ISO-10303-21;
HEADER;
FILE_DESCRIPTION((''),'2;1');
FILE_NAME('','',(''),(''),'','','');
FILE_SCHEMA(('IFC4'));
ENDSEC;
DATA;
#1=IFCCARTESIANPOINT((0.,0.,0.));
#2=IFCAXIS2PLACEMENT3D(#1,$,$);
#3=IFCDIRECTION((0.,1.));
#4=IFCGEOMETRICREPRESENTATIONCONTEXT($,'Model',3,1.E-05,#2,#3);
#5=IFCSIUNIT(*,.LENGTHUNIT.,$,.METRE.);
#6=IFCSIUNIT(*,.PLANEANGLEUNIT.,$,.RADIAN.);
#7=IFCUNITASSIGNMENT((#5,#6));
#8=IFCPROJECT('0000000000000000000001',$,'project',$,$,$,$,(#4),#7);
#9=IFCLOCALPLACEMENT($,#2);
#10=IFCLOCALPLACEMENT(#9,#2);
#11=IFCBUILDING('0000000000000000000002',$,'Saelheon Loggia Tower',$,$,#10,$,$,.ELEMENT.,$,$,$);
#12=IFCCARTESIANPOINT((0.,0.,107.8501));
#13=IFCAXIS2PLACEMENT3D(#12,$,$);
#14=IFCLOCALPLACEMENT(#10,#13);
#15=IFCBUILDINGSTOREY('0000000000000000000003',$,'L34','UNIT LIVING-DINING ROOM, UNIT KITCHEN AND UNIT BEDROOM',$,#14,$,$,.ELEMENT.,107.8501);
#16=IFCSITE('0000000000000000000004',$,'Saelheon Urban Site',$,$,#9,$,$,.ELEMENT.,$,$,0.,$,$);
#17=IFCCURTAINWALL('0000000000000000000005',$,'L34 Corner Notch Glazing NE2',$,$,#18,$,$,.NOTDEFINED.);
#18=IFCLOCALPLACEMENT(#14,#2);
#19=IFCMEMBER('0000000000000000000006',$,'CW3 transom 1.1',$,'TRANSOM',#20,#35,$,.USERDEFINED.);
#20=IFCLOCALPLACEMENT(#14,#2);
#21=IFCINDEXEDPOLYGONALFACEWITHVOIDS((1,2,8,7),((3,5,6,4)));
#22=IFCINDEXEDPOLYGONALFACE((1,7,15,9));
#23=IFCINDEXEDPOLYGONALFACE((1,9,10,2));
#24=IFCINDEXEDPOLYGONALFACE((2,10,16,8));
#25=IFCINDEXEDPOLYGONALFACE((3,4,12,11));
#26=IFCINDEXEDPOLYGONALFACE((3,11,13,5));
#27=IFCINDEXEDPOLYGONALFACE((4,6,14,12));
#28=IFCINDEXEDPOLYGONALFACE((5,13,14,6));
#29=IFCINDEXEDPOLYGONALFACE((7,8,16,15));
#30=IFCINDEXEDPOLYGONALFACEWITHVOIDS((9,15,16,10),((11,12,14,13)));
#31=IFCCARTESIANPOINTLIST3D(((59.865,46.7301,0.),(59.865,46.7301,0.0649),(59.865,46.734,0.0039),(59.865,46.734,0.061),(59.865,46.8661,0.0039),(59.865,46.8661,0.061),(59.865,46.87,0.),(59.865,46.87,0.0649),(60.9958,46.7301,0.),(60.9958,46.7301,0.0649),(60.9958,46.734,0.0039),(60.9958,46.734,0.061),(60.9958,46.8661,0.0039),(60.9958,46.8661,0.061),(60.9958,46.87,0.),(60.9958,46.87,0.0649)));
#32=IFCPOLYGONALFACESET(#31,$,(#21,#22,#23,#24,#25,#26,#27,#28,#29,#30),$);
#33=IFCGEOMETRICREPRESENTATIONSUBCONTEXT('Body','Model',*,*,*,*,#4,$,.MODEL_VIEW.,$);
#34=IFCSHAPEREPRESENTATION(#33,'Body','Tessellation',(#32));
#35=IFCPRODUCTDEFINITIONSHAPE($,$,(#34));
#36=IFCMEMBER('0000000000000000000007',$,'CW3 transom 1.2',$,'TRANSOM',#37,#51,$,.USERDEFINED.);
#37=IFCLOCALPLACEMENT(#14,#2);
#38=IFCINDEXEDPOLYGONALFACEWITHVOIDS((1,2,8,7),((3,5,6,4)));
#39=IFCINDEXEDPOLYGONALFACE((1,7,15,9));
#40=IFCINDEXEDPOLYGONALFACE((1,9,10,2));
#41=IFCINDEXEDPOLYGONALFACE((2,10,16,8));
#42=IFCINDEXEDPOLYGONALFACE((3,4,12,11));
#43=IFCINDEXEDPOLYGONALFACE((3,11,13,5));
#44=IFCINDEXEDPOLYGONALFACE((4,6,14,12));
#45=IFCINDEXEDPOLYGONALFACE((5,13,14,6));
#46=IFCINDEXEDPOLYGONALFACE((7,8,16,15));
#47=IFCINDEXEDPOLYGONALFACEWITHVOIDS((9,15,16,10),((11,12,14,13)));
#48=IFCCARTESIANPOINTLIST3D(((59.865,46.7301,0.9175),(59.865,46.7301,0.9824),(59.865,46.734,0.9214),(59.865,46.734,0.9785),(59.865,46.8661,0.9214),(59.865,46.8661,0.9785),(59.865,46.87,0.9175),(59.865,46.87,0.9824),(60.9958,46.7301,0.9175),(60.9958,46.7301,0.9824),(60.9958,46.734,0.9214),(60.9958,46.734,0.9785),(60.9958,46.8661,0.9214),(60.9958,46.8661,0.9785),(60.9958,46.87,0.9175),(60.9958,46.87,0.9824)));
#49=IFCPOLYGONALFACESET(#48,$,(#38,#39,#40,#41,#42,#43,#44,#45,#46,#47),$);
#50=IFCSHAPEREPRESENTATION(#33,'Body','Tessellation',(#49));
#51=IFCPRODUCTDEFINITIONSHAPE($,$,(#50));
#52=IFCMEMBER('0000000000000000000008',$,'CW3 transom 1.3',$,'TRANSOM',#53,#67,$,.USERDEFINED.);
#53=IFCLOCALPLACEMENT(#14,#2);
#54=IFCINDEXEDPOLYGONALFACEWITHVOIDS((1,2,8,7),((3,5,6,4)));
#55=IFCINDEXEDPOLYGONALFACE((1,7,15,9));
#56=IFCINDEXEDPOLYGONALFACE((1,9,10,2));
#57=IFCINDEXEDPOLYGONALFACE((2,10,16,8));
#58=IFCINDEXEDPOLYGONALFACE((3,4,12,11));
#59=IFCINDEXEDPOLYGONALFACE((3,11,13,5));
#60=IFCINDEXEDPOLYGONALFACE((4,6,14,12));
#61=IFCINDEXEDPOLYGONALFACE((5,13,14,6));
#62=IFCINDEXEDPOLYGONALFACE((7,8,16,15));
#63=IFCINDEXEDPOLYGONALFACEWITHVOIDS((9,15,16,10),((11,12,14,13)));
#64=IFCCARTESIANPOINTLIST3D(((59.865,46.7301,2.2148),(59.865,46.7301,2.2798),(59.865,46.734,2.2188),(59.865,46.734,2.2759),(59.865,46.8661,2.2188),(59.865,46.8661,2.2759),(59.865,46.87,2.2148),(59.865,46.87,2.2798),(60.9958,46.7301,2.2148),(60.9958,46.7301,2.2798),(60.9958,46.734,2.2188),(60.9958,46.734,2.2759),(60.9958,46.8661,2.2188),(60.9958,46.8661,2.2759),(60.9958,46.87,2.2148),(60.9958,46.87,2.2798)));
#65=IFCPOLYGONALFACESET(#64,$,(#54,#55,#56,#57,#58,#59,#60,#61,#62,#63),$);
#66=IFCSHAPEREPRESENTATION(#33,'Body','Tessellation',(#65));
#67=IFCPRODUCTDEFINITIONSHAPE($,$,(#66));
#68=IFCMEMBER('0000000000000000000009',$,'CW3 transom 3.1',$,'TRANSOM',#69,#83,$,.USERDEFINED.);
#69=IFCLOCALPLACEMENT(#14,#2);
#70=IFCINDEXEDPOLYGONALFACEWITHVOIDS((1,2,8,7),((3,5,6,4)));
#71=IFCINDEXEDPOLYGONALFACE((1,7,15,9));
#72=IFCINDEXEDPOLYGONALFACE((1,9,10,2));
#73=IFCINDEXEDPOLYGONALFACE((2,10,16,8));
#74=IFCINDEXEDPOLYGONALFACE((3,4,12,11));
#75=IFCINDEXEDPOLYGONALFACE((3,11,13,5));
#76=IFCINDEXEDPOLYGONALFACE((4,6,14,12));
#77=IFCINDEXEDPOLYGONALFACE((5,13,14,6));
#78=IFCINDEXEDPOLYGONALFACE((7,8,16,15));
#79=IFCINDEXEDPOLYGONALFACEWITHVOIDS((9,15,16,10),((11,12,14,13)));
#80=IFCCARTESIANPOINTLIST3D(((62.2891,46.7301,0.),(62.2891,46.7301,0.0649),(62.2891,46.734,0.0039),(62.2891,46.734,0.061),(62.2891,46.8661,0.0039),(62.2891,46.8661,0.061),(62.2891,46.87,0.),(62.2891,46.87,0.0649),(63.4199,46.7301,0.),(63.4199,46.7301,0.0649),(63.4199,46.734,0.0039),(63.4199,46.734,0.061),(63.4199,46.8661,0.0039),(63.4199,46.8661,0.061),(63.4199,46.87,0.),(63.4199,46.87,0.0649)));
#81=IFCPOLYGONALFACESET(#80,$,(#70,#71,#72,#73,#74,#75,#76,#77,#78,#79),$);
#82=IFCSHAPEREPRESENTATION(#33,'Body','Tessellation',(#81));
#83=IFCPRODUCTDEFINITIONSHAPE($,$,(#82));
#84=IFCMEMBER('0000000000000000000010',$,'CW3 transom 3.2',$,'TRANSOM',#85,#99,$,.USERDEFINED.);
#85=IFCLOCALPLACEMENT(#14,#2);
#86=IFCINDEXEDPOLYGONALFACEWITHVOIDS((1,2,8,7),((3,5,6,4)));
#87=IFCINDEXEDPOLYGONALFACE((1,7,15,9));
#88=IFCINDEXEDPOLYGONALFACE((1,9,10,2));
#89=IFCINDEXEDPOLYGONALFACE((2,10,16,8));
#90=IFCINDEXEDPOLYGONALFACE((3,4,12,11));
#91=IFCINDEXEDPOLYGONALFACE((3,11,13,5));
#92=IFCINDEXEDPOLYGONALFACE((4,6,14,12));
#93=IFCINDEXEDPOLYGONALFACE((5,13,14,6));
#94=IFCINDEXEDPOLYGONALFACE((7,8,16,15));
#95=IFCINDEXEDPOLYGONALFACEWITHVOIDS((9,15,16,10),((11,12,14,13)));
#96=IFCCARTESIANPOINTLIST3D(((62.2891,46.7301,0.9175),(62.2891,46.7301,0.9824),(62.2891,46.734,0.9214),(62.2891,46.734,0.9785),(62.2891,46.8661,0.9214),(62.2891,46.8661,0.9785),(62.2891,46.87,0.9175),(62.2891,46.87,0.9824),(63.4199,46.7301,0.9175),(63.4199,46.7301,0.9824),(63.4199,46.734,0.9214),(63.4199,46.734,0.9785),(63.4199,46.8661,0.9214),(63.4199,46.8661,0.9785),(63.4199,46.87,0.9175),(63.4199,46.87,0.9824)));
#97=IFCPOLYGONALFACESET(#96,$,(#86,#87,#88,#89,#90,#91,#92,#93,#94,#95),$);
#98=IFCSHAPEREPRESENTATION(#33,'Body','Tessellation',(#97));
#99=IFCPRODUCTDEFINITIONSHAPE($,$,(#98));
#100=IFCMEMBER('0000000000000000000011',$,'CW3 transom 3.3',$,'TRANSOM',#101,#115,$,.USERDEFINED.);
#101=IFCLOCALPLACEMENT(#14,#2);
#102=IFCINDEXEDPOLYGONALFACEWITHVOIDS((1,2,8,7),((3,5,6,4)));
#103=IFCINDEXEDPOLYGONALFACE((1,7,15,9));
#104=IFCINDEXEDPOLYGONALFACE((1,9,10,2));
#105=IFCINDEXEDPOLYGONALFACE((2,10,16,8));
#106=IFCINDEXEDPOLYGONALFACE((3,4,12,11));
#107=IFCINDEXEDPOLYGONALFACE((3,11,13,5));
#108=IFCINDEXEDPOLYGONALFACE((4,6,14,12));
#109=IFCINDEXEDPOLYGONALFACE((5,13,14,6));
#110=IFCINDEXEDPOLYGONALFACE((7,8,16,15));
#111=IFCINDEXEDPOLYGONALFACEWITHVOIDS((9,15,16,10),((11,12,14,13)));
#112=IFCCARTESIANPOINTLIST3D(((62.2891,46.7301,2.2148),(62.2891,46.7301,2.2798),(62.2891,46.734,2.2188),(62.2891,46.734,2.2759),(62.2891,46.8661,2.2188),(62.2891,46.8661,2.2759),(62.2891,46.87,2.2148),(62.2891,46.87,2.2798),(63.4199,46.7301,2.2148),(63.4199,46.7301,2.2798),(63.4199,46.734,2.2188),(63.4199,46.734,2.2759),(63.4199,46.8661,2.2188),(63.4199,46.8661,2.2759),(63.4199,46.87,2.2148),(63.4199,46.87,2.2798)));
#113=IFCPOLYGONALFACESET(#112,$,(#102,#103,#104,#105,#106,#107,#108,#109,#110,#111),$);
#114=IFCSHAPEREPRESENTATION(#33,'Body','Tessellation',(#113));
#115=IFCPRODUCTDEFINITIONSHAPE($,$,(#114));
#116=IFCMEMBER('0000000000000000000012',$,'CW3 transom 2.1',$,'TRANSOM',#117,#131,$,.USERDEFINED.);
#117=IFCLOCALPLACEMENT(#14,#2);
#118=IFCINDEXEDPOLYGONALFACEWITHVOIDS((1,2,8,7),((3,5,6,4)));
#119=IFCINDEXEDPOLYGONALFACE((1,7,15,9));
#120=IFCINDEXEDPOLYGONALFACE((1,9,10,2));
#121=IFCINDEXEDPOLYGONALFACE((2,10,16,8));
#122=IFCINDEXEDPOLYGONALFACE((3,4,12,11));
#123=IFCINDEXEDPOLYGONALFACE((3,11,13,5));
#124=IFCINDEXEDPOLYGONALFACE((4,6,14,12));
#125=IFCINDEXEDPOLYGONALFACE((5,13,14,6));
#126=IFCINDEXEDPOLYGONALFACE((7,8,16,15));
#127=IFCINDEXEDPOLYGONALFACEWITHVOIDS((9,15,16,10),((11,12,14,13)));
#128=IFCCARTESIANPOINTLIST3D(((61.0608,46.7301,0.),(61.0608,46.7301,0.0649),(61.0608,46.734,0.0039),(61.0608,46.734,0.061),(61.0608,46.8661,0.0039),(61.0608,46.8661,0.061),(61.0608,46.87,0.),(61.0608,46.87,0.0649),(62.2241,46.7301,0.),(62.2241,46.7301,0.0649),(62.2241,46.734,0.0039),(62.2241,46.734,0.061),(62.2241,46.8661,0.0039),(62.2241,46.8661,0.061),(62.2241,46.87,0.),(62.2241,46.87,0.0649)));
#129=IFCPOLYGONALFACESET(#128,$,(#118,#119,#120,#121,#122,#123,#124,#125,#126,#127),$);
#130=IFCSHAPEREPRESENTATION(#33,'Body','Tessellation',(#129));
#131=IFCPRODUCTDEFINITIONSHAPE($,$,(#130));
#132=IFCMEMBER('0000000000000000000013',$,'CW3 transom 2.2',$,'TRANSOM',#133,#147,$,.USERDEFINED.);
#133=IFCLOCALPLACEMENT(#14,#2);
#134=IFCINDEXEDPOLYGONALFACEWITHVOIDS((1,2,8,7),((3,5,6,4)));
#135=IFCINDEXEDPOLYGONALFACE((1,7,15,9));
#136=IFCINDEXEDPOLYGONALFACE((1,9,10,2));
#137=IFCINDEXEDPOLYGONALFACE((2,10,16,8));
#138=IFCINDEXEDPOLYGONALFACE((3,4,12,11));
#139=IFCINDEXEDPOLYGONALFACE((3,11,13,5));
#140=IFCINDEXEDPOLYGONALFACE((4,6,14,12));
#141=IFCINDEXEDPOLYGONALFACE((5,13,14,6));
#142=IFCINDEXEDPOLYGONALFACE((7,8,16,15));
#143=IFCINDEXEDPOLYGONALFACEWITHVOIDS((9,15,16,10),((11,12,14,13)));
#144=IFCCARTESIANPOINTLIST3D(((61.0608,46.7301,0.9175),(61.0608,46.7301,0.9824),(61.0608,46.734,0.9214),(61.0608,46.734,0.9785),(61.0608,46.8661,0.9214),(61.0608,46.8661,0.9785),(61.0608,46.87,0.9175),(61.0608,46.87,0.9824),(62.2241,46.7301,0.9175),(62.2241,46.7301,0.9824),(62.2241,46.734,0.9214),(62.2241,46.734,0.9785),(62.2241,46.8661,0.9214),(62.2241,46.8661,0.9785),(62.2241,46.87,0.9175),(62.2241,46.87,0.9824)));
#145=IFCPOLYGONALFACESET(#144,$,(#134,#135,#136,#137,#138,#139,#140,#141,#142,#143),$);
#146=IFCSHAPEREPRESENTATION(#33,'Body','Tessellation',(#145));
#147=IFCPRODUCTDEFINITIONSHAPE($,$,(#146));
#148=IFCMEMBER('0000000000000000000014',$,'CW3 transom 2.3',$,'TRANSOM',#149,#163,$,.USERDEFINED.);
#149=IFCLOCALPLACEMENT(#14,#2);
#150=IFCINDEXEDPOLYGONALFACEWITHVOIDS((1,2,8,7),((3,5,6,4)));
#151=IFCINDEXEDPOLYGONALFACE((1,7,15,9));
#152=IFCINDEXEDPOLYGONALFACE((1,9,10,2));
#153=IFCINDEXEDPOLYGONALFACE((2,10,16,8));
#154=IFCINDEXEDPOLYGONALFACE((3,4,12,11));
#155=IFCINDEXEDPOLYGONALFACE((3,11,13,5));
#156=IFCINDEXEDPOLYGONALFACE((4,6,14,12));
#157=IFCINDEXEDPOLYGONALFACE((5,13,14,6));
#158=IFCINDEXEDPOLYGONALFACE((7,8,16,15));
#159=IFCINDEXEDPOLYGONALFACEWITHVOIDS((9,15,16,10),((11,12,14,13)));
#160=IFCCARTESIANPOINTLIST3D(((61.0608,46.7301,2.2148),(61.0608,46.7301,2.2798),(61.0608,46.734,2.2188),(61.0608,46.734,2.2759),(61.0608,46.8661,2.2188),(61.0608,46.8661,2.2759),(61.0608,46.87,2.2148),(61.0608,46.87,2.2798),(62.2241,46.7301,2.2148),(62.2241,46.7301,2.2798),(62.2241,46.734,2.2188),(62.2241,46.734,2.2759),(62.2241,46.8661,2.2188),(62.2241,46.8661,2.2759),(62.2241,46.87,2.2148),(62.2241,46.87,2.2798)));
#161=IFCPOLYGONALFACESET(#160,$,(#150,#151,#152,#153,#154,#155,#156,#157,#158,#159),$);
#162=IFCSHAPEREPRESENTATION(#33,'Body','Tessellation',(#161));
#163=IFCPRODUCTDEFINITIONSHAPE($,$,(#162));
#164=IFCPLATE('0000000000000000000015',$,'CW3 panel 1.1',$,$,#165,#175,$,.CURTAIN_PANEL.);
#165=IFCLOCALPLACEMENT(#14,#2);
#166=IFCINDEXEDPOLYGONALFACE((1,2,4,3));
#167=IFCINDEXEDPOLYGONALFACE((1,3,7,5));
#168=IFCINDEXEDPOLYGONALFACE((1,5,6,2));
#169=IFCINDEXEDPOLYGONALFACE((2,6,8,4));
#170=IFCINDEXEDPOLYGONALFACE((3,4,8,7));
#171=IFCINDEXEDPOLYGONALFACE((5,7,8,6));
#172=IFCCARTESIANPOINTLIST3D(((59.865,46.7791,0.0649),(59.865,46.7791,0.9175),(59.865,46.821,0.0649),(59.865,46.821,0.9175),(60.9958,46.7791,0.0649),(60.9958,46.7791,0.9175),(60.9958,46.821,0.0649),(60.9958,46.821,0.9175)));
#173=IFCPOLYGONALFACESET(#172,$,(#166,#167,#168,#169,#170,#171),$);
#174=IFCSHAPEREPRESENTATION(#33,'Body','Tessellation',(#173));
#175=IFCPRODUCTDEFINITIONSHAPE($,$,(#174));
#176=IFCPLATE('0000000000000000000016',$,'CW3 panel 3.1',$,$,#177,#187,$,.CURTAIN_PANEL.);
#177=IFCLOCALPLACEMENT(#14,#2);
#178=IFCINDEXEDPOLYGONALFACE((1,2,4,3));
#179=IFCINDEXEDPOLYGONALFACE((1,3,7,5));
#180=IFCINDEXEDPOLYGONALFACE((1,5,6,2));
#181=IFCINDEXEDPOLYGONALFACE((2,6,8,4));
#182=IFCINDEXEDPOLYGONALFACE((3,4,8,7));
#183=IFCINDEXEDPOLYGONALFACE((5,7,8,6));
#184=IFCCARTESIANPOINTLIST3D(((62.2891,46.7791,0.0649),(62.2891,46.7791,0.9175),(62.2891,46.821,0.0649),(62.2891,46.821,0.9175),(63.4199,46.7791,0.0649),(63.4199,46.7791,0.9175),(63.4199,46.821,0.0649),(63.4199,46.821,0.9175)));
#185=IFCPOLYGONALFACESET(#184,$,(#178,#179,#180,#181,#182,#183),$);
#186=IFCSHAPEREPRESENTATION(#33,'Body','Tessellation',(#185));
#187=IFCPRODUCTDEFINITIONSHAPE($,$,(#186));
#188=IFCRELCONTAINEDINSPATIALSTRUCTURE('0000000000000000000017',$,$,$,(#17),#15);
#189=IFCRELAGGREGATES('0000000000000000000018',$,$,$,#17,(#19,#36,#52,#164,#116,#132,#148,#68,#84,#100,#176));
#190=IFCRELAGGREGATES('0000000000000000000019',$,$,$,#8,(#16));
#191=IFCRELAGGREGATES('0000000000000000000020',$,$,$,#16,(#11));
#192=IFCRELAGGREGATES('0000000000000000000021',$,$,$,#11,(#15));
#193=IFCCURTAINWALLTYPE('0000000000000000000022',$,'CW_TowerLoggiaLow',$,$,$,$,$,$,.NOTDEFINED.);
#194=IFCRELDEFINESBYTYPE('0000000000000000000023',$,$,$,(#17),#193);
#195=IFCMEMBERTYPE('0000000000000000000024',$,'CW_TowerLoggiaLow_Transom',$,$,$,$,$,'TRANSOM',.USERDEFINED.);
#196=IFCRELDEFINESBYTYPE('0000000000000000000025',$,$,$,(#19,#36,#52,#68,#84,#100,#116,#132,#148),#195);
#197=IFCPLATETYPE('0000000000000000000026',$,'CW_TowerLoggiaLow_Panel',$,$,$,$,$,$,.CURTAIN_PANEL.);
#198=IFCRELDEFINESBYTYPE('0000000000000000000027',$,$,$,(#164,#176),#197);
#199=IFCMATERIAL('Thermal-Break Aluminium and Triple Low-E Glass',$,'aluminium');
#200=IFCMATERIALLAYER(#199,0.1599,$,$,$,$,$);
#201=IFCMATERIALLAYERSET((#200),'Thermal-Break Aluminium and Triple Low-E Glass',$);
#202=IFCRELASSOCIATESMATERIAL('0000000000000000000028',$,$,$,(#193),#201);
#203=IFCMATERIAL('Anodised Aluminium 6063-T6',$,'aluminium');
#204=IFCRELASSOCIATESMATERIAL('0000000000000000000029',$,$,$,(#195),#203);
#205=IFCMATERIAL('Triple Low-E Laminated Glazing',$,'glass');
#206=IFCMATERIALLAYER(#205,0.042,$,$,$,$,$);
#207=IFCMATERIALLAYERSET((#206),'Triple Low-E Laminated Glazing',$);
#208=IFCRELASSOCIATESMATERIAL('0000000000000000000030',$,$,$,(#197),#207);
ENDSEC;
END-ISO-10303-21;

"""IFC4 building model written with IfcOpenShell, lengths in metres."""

from ifc_helpers import new_model, si_unit, direction, frame, origin, origin_2d, place, context, subcontext, project, spatial, rectangle, hollow_rectangle, extrude, source, transform, mapped, material, layer, layer_set, material_profile, profile_set, type_object, element, aggregate, save


model = new_model("IFC4")

# Units and contexts
model_context = context("Model", 3, precision=1e-05, world=origin(), true_north=direction((0.0, 1.0)))
body_context = subcontext(model_context, "Body", "Model", "MODEL_VIEW")
ifc_project = project(units=[si_unit("LENGTHUNIT", "METRE"), si_unit("PLANEANGLEUNIT", "RADIAN")], contexts=[model_context])

# Site, building, storey
site_placement = place(None, origin())
site = spatial("IfcSite", under=ifc_project, at=site_placement, Name="Saelheon Urban Site", CompositionType="ELEMENT", RefElevation=0.0)
building_placement = place(site_placement, origin())
building = spatial("IfcBuilding", under=site, at=building_placement, Name="Saelheon Loggia Tower", CompositionType="ELEMENT")
storey_placement = place(building_placement, frame((0.0, 0.0, 107.8501)))
storey = spatial("IfcBuildingStorey", under=building, at=storey_placement, Name="L34", Description="UNIT LIVING-DINING ROOM, UNIT KITCHEN AND UNIT BEDROOM", CompositionType="ELEMENT", Elevation=107.8501)

# Curtain wall, members, plates
ifc_material_1 = material(Name="Thermal-Break Aluminium and Triple Low-E Glass", Category="aluminium")
ifc_layer_1 = layer(ifc_material_1, 0.1599)
ifc_layer_set_1 = layer_set([ifc_layer_1], Name="Thermal-Break Aluminium and Triple Low-E Glass")
curtain_wall_type = type_object("IfcCurtainWallType", Name="CW_TowerLoggiaLow", PredefinedType="NOTDEFINED", material=ifc_layer_set_1)
curtain_wall_placement = place(storey_placement, origin())
curtain_wall = element("IfcCurtainWall", 1, at=curtain_wall_placement, inside=storey, type_object=curtain_wall_type, Name="L34 Corner Notch Glazing NE2", PredefinedType="NOTDEFINED")
ifc_material_2 = material(Name="Anodised Aluminium 6063-T6", Category="aluminium")
ifc_material_profile_1 = material_profile(ifc_material_2, hollow_rectangle(XDim=0.0649, YDim=0.1399, WallThickness=0.0039, at=origin_2d()), Name="RHS-140x65x4")
ifc_profile_set_1 = profile_set([ifc_material_profile_1], Name="Anodised Aluminium 6063-T6")
member_type_1 = type_object("IfcMemberType", Name="CW_TowerLoggiaLow_Transom", ElementType="TRANSOM", PredefinedType="USERDEFINED", material=ifc_profile_set_1)
shared_shape_1 = source(origin(), body_context, "Body", "SweptSolid", [
    extrude(hollow_rectangle(XDim=0.0649, YDim=0.1399, WallThickness=0.0039, at=origin_2d()), origin(), (0.0, 0.0, 1.0), 1.1309),
])
member_1_placement = place(storey_placement, frame((59.865, 46.8, 0.0325), z_axis=(1.0, 0.0, 0.0), x_axis=(0.0, 0.0, 1.0)))
member_1 = element("IfcMember", 2, at=member_1_placement, type_object=member_type_1, Name="CW3 transom 1.1", ObjectType="TRANSOM", PredefinedType="USERDEFINED", context=body_context, shape_type="MappedRepresentation", body=[
    mapped(shared_shape_1, transform((0.0, 0.0, 0.0), scale=1.0)),
])
member_2_placement = place(storey_placement, frame((59.865, 46.8, 0.95), z_axis=(1.0, 0.0, 0.0), x_axis=(0.0, 0.0, 1.0)))
member_2 = element("IfcMember", 3, at=member_2_placement, type_object=member_type_1, Name="CW3 transom 1.2", ObjectType="TRANSOM", PredefinedType="USERDEFINED", context=body_context, shape_type="MappedRepresentation", body=[
    mapped(shared_shape_1, transform((0.0, 0.0, 0.0), scale=1.0)),
])
member_3_placement = place(storey_placement, frame((59.865, 46.8, 2.2473), z_axis=(1.0, 0.0, 0.0), x_axis=(0.0, 0.0, 1.0)))
member_3 = element("IfcMember", 4, at=member_3_placement, type_object=member_type_1, Name="CW3 transom 1.3", ObjectType="TRANSOM", PredefinedType="USERDEFINED", context=body_context, shape_type="MappedRepresentation", body=[
    mapped(shared_shape_1, transform((0.0, 0.0, 0.0), scale=1.0)),
])
member_4_placement = place(storey_placement, frame((62.2891, 46.8, 0.0325), z_axis=(1.0, 0.0, 0.0), x_axis=(0.0, 0.0, 1.0)))
member_4 = element("IfcMember", 5, at=member_4_placement, type_object=member_type_1, Name="CW3 transom 3.1", ObjectType="TRANSOM", PredefinedType="USERDEFINED", context=body_context, shape_type="MappedRepresentation", body=[
    mapped(shared_shape_1, transform((0.0, 0.0, 0.0), scale=1.0)),
])
member_5_placement = place(storey_placement, frame((62.2891, 46.8, 0.95), z_axis=(1.0, 0.0, 0.0), x_axis=(0.0, 0.0, 1.0)))
member_5 = element("IfcMember", 6, at=member_5_placement, type_object=member_type_1, Name="CW3 transom 3.2", ObjectType="TRANSOM", PredefinedType="USERDEFINED", context=body_context, shape_type="MappedRepresentation", body=[
    mapped(shared_shape_1, transform((0.0, 0.0, 0.0), scale=1.0)),
])
member_6_placement = place(storey_placement, frame((62.2891, 46.8, 2.2473), z_axis=(1.0, 0.0, 0.0), x_axis=(0.0, 0.0, 1.0)))
member_6 = element("IfcMember", 7, at=member_6_placement, type_object=member_type_1, Name="CW3 transom 3.3", ObjectType="TRANSOM", PredefinedType="USERDEFINED", context=body_context, shape_type="MappedRepresentation", body=[
    mapped(shared_shape_1, transform((0.0, 0.0, 0.0), scale=1.0)),
])
shared_shape_2 = source(origin(), body_context, "Body", "SweptSolid", [
    extrude(hollow_rectangle(XDim=0.0649, YDim=0.1399, WallThickness=0.0039, at=origin_2d()), origin(), (0.0, 0.0, 1.0), 1.1633),
])
member_7_placement = place(storey_placement, frame((61.0608, 46.8, 0.0325), z_axis=(1.0, 0.0, 0.0), x_axis=(0.0, 0.0, 1.0)))
member_7 = element("IfcMember", 8, at=member_7_placement, type_object=member_type_1, Name="CW3 transom 2.1", ObjectType="TRANSOM", PredefinedType="USERDEFINED", context=body_context, shape_type="MappedRepresentation", body=[
    mapped(shared_shape_2, transform((0.0, 0.0, 0.0), scale=1.0)),
])
member_8_placement = place(storey_placement, frame((61.0608, 46.8, 0.95), z_axis=(1.0, 0.0, 0.0), x_axis=(0.0, 0.0, 1.0)))
member_8 = element("IfcMember", 9, at=member_8_placement, type_object=member_type_1, Name="CW3 transom 2.2", ObjectType="TRANSOM", PredefinedType="USERDEFINED", context=body_context, shape_type="MappedRepresentation", body=[
    mapped(shared_shape_2, transform((0.0, 0.0, 0.0), scale=1.0)),
])
member_9_placement = place(storey_placement, frame((61.0608, 46.8, 2.2473), z_axis=(1.0, 0.0, 0.0), x_axis=(0.0, 0.0, 1.0)))
member_9 = element("IfcMember", 10, at=member_9_placement, type_object=member_type_1, Name="CW3 transom 2.3", ObjectType="TRANSOM", PredefinedType="USERDEFINED", context=body_context, shape_type="MappedRepresentation", body=[
    mapped(shared_shape_2, transform((0.0, 0.0, 0.0), scale=1.0)),
])
ifc_material_3 = material(Name="Triple Low-E Laminated Glazing", Category="glass")
ifc_layer_2 = layer(ifc_material_3, 0.042)
ifc_layer_set_2 = layer_set([ifc_layer_2], Name="Triple Low-E Laminated Glazing")
plate_type = type_object("IfcPlateType", Name="CW_TowerLoggiaLow_Panel", PredefinedType="CURTAIN_PANEL", material=ifc_layer_set_2)
shared_shape_3 = source(origin(), body_context, "Body", "SweptSolid", [
    extrude(rectangle(XDim=1.1309, YDim=0.042, at=origin_2d()), origin(), (0.0, 0.0, 1.0), 0.8525),
])
plate_1_placement = place(storey_placement, frame((60.4304, 46.8, 0.0649), z_axis=(0.0, 0.0, 1.0), x_axis=(1.0, 0.0, 0.0)))
plate_1 = element("IfcPlate", 11, at=plate_1_placement, type_object=plate_type, Name="CW3 panel 1.1", PredefinedType="CURTAIN_PANEL", context=body_context, shape_type="MappedRepresentation", body=[
    mapped(shared_shape_3, transform((0.0, 0.0, 0.0), scale=1.0)),
])
plate_2_placement = place(storey_placement, frame((62.8545, 46.8, 0.0649), z_axis=(0.0, 0.0, 1.0), x_axis=(1.0, 0.0, 0.0)))
plate_2 = element("IfcPlate", 12, at=plate_2_placement, type_object=plate_type, Name="CW3 panel 3.1", PredefinedType="CURTAIN_PANEL", context=body_context, shape_type="MappedRepresentation", body=[
    mapped(shared_shape_3, transform((0.0, 0.0, 0.0), scale=1.0)),
])
aggregate(curtain_wall, [member_1, member_2, member_3, plate_1, member_7, member_8, member_9, member_4, member_5, member_6, plate_2])

save(model, "model.ifc")
